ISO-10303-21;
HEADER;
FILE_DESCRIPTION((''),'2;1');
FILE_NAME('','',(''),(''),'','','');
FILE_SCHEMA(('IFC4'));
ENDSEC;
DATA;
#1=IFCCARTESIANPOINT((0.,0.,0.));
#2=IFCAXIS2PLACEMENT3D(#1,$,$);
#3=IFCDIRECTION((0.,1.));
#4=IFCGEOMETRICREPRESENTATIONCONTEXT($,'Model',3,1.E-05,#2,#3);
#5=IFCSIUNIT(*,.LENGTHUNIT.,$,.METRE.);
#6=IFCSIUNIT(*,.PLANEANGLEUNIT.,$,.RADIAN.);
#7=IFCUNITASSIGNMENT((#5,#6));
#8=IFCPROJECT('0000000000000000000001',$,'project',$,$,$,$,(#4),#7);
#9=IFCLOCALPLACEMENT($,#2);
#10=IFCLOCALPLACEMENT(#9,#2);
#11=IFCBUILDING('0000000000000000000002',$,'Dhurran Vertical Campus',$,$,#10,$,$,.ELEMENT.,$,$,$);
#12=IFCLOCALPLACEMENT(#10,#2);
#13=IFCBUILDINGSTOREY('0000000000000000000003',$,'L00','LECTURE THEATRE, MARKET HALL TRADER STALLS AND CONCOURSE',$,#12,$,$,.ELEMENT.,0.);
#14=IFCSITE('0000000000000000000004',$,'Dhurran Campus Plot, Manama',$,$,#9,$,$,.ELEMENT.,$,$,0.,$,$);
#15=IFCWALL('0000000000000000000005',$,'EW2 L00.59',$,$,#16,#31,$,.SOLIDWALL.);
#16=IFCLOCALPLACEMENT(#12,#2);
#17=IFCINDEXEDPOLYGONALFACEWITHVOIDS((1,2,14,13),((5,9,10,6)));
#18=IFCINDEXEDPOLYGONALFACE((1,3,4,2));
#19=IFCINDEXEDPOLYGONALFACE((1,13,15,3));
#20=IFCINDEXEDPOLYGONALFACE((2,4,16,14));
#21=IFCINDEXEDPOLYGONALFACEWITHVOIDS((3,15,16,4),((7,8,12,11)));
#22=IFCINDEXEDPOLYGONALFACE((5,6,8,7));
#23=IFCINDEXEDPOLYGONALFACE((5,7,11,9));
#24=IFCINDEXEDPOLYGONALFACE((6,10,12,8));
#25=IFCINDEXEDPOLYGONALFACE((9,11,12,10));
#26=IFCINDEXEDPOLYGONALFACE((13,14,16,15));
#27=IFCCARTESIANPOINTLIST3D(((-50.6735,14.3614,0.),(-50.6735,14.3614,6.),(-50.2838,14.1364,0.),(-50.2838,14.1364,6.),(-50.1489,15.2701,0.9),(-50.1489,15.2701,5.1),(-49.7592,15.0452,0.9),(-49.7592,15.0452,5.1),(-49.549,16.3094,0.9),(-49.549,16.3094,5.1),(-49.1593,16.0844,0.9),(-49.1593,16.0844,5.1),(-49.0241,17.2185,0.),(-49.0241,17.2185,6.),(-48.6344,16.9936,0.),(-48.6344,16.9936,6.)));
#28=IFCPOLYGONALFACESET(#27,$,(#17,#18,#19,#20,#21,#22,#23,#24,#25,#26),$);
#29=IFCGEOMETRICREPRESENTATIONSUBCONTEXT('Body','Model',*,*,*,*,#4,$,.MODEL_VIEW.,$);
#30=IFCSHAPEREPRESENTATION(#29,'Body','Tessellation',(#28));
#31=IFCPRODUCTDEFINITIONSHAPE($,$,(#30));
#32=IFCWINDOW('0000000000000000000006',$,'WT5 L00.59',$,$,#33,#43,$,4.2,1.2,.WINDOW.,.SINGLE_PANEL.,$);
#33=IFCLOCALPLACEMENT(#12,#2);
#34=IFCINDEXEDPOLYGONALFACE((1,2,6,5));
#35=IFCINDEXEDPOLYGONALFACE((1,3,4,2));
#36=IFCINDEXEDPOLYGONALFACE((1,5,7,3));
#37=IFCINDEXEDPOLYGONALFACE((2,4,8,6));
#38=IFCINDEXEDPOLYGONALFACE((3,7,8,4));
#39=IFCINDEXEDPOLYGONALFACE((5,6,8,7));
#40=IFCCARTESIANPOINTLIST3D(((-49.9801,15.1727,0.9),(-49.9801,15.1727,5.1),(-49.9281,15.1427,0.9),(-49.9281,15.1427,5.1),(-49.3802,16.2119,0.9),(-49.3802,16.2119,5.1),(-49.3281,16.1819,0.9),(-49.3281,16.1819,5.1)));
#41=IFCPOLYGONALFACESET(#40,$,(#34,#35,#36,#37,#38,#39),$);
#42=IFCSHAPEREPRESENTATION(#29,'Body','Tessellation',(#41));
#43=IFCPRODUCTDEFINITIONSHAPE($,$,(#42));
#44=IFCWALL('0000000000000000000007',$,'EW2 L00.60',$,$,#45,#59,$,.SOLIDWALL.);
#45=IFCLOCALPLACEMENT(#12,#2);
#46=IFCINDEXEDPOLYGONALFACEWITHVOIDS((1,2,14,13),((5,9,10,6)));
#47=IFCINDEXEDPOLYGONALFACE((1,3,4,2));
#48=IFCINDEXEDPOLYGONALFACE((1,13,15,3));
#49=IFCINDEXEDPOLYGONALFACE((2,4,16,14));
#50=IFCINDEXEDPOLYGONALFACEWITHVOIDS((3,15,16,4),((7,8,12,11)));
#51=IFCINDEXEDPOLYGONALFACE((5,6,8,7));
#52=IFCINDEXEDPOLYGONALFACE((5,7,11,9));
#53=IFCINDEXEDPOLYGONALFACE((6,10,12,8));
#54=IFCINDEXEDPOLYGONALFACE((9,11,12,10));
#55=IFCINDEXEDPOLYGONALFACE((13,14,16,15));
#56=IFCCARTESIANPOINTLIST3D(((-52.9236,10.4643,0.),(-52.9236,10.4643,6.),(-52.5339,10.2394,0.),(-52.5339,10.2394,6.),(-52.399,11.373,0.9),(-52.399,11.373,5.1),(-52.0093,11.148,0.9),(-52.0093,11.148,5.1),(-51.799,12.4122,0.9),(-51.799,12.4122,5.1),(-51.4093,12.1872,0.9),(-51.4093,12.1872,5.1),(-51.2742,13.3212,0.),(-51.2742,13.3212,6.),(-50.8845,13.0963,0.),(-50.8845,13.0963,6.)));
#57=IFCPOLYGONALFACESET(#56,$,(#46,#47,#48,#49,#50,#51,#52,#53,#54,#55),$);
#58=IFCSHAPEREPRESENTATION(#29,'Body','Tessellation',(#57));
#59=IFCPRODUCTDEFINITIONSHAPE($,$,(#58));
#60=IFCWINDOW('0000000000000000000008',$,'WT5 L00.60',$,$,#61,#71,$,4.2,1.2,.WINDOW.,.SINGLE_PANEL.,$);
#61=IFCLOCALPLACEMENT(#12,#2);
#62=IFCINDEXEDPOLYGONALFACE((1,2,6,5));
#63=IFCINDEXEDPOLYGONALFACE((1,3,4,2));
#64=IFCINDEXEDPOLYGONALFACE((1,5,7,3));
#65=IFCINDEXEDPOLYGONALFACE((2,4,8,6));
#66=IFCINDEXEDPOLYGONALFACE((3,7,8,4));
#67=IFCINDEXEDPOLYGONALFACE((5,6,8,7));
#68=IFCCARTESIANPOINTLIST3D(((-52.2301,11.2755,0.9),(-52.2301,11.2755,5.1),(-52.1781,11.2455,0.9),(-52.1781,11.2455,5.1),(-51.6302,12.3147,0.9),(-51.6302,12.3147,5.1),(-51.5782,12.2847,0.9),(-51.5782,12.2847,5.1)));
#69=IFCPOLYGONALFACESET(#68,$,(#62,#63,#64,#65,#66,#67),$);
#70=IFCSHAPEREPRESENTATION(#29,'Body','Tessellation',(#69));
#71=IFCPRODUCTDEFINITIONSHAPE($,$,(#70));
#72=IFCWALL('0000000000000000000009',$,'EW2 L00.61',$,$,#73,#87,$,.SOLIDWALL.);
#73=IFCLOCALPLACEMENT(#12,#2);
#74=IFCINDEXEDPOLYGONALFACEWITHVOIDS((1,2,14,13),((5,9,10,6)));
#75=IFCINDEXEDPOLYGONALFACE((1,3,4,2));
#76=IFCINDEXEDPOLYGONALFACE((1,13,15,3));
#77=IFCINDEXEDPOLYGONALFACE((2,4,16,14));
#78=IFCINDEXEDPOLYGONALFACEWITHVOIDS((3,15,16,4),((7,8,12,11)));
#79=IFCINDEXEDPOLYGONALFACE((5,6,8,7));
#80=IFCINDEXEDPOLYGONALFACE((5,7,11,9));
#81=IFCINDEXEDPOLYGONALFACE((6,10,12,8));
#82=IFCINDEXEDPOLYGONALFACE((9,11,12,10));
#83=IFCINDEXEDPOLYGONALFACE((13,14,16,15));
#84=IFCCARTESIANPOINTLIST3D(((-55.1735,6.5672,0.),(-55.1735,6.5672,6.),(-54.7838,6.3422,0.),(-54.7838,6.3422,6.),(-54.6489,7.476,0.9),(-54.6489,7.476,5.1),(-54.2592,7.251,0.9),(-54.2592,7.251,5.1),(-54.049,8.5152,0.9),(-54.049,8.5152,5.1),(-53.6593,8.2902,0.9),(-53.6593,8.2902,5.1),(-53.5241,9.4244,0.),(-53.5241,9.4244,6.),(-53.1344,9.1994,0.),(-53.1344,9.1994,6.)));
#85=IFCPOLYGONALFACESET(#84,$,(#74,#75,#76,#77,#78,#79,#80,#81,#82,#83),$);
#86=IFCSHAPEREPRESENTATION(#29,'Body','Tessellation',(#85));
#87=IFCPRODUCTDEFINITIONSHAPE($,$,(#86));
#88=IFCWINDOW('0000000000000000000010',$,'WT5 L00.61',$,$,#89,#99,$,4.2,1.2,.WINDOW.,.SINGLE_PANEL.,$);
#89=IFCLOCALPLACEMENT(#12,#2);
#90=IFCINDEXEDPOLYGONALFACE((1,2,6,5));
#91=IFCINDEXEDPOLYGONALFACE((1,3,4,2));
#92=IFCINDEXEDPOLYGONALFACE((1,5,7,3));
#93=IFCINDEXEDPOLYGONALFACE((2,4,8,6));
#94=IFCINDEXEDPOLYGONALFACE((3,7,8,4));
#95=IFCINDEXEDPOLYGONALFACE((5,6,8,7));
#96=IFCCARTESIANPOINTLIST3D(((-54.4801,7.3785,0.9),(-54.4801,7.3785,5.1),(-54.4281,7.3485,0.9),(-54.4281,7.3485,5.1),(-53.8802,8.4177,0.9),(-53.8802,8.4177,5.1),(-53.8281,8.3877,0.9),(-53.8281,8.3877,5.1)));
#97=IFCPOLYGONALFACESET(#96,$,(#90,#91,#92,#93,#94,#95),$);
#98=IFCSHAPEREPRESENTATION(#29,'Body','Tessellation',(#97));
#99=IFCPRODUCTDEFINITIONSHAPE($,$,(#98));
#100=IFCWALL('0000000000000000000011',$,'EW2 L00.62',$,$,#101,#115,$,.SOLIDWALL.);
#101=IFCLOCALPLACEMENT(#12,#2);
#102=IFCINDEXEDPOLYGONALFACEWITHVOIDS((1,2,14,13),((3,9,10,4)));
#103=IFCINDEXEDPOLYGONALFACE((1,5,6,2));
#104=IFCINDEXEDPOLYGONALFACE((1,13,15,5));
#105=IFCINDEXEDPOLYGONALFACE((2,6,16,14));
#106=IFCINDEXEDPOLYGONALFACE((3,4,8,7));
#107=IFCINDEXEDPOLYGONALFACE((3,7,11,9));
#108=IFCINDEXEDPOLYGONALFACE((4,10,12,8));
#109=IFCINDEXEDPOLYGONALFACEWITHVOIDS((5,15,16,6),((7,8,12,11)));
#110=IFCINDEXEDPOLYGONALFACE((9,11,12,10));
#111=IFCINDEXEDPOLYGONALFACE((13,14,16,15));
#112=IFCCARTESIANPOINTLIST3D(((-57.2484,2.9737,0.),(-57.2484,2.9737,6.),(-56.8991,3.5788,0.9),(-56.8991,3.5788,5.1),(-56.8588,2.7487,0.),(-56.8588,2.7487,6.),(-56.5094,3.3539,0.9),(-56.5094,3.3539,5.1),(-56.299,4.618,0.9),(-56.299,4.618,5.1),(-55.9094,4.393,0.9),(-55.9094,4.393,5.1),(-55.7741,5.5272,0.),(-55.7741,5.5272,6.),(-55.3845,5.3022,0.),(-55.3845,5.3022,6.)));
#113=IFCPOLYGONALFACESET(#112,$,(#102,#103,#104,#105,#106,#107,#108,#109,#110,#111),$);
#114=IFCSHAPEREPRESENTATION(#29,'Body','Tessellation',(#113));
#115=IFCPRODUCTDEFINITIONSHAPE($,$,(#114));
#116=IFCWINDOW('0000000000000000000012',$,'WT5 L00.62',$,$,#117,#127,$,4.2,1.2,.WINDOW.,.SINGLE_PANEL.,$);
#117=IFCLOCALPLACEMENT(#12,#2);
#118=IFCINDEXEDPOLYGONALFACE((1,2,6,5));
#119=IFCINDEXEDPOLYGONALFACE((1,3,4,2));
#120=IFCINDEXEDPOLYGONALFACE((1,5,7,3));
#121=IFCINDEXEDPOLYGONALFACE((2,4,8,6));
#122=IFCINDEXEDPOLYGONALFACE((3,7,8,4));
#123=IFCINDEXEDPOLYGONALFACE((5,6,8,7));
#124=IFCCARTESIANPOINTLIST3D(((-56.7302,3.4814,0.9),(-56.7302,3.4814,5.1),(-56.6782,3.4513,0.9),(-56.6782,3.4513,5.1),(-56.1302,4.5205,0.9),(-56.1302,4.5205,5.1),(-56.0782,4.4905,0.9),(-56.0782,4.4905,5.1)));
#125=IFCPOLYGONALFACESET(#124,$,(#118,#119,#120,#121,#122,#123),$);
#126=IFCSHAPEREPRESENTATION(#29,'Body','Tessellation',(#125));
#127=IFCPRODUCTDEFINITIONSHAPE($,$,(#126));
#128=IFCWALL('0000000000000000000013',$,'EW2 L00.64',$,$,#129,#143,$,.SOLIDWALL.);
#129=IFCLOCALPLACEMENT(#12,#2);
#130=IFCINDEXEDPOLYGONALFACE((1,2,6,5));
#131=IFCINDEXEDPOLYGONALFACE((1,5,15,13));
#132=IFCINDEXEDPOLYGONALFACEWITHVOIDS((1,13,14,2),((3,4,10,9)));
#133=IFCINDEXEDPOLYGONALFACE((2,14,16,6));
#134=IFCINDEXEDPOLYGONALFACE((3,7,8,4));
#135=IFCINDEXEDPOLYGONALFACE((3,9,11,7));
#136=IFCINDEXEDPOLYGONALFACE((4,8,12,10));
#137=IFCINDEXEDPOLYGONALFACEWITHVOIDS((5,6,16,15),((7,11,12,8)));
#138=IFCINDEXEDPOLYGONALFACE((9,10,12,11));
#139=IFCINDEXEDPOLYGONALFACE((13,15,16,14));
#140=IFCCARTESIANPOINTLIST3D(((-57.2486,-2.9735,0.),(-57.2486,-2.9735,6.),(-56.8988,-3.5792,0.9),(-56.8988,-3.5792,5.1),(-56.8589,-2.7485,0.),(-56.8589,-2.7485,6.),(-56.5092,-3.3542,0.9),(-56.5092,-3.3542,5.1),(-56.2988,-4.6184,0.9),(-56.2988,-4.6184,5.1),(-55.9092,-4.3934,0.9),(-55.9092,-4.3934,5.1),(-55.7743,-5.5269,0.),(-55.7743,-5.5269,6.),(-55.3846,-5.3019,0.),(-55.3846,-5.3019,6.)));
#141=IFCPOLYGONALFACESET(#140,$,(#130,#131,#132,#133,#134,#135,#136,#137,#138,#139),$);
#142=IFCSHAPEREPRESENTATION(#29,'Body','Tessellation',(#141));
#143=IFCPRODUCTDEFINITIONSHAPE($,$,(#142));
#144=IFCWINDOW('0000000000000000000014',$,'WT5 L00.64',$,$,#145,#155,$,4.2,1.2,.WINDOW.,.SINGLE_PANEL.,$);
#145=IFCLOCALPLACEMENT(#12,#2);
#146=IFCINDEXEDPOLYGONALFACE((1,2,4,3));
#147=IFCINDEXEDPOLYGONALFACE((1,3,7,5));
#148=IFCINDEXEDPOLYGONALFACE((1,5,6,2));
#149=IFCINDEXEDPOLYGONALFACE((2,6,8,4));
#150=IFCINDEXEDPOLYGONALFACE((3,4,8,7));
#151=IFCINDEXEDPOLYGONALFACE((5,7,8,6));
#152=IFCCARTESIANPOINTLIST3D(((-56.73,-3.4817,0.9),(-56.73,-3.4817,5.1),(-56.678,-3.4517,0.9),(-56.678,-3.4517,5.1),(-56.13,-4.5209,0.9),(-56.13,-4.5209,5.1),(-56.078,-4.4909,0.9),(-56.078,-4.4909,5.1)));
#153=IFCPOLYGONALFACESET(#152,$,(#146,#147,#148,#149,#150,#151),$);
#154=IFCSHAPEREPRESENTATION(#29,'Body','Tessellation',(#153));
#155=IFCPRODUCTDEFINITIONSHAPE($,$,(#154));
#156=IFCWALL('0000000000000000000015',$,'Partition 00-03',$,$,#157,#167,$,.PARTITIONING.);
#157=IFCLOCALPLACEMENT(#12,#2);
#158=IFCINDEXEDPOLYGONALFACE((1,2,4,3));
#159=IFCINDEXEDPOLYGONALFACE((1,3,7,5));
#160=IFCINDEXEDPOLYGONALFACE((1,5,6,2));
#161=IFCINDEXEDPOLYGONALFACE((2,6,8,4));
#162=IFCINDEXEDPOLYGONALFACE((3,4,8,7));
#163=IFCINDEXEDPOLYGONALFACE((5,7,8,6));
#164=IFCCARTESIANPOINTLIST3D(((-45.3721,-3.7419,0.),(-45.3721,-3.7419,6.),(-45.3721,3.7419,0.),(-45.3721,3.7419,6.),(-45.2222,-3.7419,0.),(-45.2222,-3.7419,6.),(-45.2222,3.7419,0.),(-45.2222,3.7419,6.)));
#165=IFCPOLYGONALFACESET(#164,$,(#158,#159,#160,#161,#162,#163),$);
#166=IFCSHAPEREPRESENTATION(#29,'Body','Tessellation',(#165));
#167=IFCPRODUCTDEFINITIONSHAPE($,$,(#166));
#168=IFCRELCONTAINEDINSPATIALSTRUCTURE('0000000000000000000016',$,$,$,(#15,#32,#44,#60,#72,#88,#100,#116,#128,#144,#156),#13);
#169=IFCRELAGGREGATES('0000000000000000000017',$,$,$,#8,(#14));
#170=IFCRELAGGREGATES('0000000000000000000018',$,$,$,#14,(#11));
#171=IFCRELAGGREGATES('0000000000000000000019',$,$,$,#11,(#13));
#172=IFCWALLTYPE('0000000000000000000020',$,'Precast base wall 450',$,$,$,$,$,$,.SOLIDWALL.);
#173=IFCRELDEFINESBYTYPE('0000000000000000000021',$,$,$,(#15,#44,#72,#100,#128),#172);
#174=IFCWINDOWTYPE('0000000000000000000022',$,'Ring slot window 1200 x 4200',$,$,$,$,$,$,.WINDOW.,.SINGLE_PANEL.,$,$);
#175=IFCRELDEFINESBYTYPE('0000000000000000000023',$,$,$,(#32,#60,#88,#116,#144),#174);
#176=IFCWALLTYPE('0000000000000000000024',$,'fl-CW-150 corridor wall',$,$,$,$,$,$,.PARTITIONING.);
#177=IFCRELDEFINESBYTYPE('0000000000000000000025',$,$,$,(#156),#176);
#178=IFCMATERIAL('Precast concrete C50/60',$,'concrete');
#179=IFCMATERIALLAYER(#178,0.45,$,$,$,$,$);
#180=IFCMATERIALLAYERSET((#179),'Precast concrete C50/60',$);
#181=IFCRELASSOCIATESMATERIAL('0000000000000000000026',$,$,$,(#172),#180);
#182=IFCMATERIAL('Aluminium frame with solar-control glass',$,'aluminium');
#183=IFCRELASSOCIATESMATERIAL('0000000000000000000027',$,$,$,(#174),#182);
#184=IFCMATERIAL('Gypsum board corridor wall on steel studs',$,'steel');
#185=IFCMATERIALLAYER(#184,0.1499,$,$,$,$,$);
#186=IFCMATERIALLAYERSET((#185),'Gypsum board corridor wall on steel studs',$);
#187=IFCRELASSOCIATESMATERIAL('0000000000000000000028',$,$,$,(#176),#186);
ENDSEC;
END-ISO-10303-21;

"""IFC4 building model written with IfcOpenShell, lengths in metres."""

from ifc_helpers import new_model, si_unit, direction, frame, frame_2d, origin, place, context, subcontext, project, spatial, rectangle, extrude, material, layer, layer_set, type_object, element, fill, save


model = new_model("IFC4")

# Units and contexts
model_context = context("Model", 3, precision=1e-05, world=origin(), true_north=direction((0.0, 1.0)))
body_context = subcontext(model_context, "Body", "Model", "MODEL_VIEW")
ifc_project = project(units=[si_unit("LENGTHUNIT", "METRE"), si_unit("PLANEANGLEUNIT", "RADIAN")], contexts=[model_context])

# Site, building, storey
site_placement = place(None, origin())
site = spatial("IfcSite", under=ifc_project, at=site_placement, Name="Dhurran Campus Plot, Manama", CompositionType="ELEMENT", RefElevation=0.0)
building_placement = place(site_placement, origin())
building = spatial("IfcBuilding", under=site, at=building_placement, Name="Dhurran Vertical Campus", CompositionType="ELEMENT")
storey_placement = place(building_placement, origin())
storey = spatial("IfcBuildingStorey", under=building, at=storey_placement, Name="L00", Description="LECTURE THEATRE, MARKET HALL TRADER STALLS AND CONCOURSE", CompositionType="ELEMENT", Elevation=0.0)

# Walls, openings, windows
ifc_material_1 = material(Name="Precast concrete C50/60", Category="concrete")
ifc_layer_1 = layer(ifc_material_1, 0.45)
ifc_layer_set_1 = layer_set([ifc_layer_1], Name="Precast concrete C50/60")
wall_type_1 = type_object("IfcWallType", Name="Precast base wall 450", PredefinedType="SOLIDWALL", material=ifc_layer_set_1)
ifc_material_2 = material(Name="Aluminium frame with solar-control glass", Category="aluminium")
window_type = type_object("IfcWindowType", Name="Ring slot window 1200 x 4200", PartitioningType="SINGLE_PANEL", PredefinedType="WINDOW", material=ifc_material_2)
wall_1_placement = place(storey_placement, frame((-48.8293, 17.106, 0.0), z_axis=(0.0, 0.0, 1.0), x_axis=(-0.499959, -0.866049, 0.0)))
wall_1 = element("IfcWall", 1, at=wall_1_placement, inside=storey, type_object=wall_type_1, Name="EW2 L00.59", PredefinedType="SOLIDWALL", context=body_context, shape_type="SweptSolid", body=[
    extrude(rectangle(XDim=3.2991, YDim=0.45, at=frame_2d((1.6494, 0.0))), origin(), (0.0, 0.0, 1.0), 6.0),
])
opening_1_placement = place(wall_1_placement, frame((1.0496, 0.0, 0.8999)))
opening_1 = element("IfcOpeningElement", 2, at=opening_1_placement, cuts=wall_1, PredefinedType="OPENING", context=body_context, shape_type="SweptSolid", body=[
    extrude(rectangle(XDim=1.2, YDim=4.2, at=frame_2d((0.6001, 2.1001))), frame((0.0, 0.2349, 0.0), z_axis=(0.0, -1.0, 0.0), x_axis=(1.0, 0.0, 0.0)), (0.0, 0.0, 1.0), 0.47),
])
window_1_placement = place(opening_1_placement, origin())
window_1 = element("IfcWindow", 3, at=window_1_placement, inside=storey, type_object=window_type, Name="WT5 L00.59", OverallHeight=4.2, OverallWidth=1.2, PartitioningType="SINGLE_PANEL", PredefinedType="WINDOW", context=body_context, shape_type="SweptSolid", body=[
    extrude(rectangle(XDim=1.2, YDim=4.2, at=frame_2d((0.6001, 2.1001))), frame((0.0, 0.03, 0.0), z_axis=(0.0, -1.0, 0.0), x_axis=(1.0, 0.0, 0.0)), (0.0, 0.0, 1.0), 0.0601),
])
fill(opening_1, window_1)
wall_2_placement = place(storey_placement, frame((-51.0793, 13.2087, 0.0), z_axis=(0.0, 0.0, 1.0), x_axis=(-0.499992, -0.86603, 0.0)))
wall_2 = element("IfcWall", 4, at=wall_2_placement, inside=storey, type_object=wall_type_1, Name="EW2 L00.60", PredefinedType="SOLIDWALL", context=body_context, shape_type="SweptSolid", body=[
    extrude(rectangle(XDim=3.2988, YDim=0.45, at=frame_2d((1.6494, 0.0))), origin(), (0.0, 0.0, 1.0), 6.0),
])
opening_2_placement = place(wall_2_placement, frame((1.0496, 0.0, 0.8999)))
opening_2 = element("IfcOpeningElement", 5, at=opening_2_placement, cuts=wall_2, PredefinedType="OPENING", context=body_context, shape_type="SweptSolid", body=[
    extrude(rectangle(XDim=1.2, YDim=4.2, at=frame_2d((0.6001, 2.1001))), frame((0.0, 0.2349, 0.0), z_axis=(0.0, -1.0, 0.0), x_axis=(1.0, 0.0, 0.0)), (0.0, 0.0, 1.0), 0.47),
])
window_2_placement = place(opening_2_placement, origin())
window_2 = element("IfcWindow", 6, at=window_2_placement, inside=storey, type_object=window_type, Name="WT5 L00.60", OverallHeight=4.2, OverallWidth=1.2, PartitioningType="SINGLE_PANEL", PredefinedType="WINDOW", context=body_context, shape_type="SweptSolid", body=[
    extrude(rectangle(XDim=1.2, YDim=4.2, at=frame_2d((0.6001, 2.1001))), frame((0.0, 0.03, 0.0), z_axis=(0.0, -1.0, 0.0), x_axis=(1.0, 0.0, 0.0)), (0.0, 0.0, 1.0), 0.0601),
])
fill(opening_2, window_2)
wall_3_placement = place(storey_placement, frame((-53.3293, 9.3118, 0.0), z_axis=(0.0, 0.0, 1.0), x_axis=(-0.499959, -0.866049, 0.0)))
wall_3 = element("IfcWall", 7, at=wall_3_placement, inside=storey, type_object=wall_type_1, Name="EW2 L00.61", PredefinedType="SOLIDWALL", context=body_context, shape_type="SweptSolid", body=[
    extrude(rectangle(XDim=3.2991, YDim=0.45, at=frame_2d((1.6494, 0.0))), origin(), (0.0, 0.0, 1.0), 6.0),
])
opening_3_placement = place(wall_3_placement, frame((1.0496, 0.0, 0.8999)))
opening_3 = element("IfcOpeningElement", 8, at=opening_3_placement, cuts=wall_3, PredefinedType="OPENING", context=body_context, shape_type="SweptSolid", body=[
    extrude(rectangle(XDim=1.2, YDim=4.2, at=frame_2d((0.6001, 2.1001))), frame((0.0, 0.2349, 0.0), z_axis=(0.0, -1.0, 0.0), x_axis=(1.0, 0.0, 0.0)), (0.0, 0.0, 1.0), 0.47),
])
window_3_placement = place(opening_3_placement, origin())
window_3 = element("IfcWindow", 9, at=window_3_placement, inside=storey, type_object=window_type, Name="WT5 L00.61", OverallHeight=4.2, OverallWidth=1.2, PartitioningType="SINGLE_PANEL", PredefinedType="WINDOW", context=body_context, shape_type="SweptSolid", body=[
    extrude(rectangle(XDim=1.2, YDim=4.2, at=frame_2d((0.6001, 2.1001))), frame((0.0, 0.03, 0.0), z_axis=(0.0, -1.0, 0.0), x_axis=(1.0, 0.0, 0.0)), (0.0, 0.0, 1.0), 0.0601),
])
fill(opening_3, window_3)
wall_4_placement = place(storey_placement, frame((-55.5793, 5.4146, 0.0), z_axis=(0.0, 0.0, 1.0), x_axis=(-0.500031, -0.866008, 0.0)))
wall_4 = element("IfcWall", 10, at=wall_4_placement, inside=storey, type_object=wall_type_1, Name="EW2 L00.62", PredefinedType="SOLIDWALL", context=body_context, shape_type="SweptSolid", body=[
    extrude(rectangle(XDim=2.9485, YDim=0.45, at=frame_2d((1.4741, 0.0))), origin(), (0.0, 0.0, 1.0), 6.0),
])
opening_4_placement = place(wall_4_placement, frame((1.0496, 0.0, 0.8999)))
opening_4 = element("IfcOpeningElement", 11, at=opening_4_placement, cuts=wall_4, PredefinedType="OPENING", context=body_context, shape_type="SweptSolid", body=[
    extrude(rectangle(XDim=1.2, YDim=4.2, at=frame_2d((0.6001, 2.1001))), frame((0.0, 0.2349, 0.0), z_axis=(0.0, -1.0, 0.0), x_axis=(1.0, 0.0, 0.0)), (0.0, 0.0, 1.0), 0.47),
])
window_4_placement = place(opening_4_placement, origin())
window_4 = element("IfcWindow", 12, at=window_4_placement, inside=storey, type_object=window_type, Name="WT5 L00.62", OverallHeight=4.2, OverallWidth=1.2, PartitioningType="SINGLE_PANEL", PredefinedType="WINDOW", context=body_context, shape_type="SweptSolid", body=[
    extrude(rectangle(XDim=1.2, YDim=4.2, at=frame_2d((0.6001, 2.1001))), frame((0.0, 0.03, 0.0), z_axis=(0.0, -1.0, 0.0), x_axis=(1.0, 0.0, 0.0)), (0.0, 0.0, 1.0), 0.0601),
])
fill(opening_4, window_4)

# Wall, opening, window
wall_5_placement = place(storey_placement, frame((-57.0537, -2.8611, 0.0), z_axis=(0.0, 0.0, 1.0), x_axis=(0.500031, -0.866008, 0.0)))
wall_5 = element("IfcWall", 13, at=wall_5_placement, inside=storey, type_object=wall_type_1, Name="EW2 L00.64", PredefinedType="SOLIDWALL", context=body_context, shape_type="SweptSolid", body=[
    extrude(rectangle(XDim=2.9485, YDim=0.45, at=frame_2d((1.4741, 0.0))), origin(), (0.0, 0.0, 1.0), 6.0),
])
opening_5_placement = place(wall_5_placement, frame((0.6992, 0.0, 0.8999)))
opening_5 = element("IfcOpeningElement", 14, at=opening_5_placement, cuts=wall_5, PredefinedType="OPENING", context=body_context, shape_type="SweptSolid", body=[
    extrude(rectangle(XDim=1.2, YDim=4.2, at=frame_2d((0.6001, 2.1001))), frame((0.0, 0.2349, 0.0), z_axis=(0.0, -1.0, 0.0), x_axis=(1.0, 0.0, 0.0)), (0.0, 0.0, 1.0), 0.47),
])
window_5_placement = place(opening_5_placement, origin())
window_5 = element("IfcWindow", 15, at=window_5_placement, inside=storey, type_object=window_type, Name="WT5 L00.64", OverallHeight=4.2, OverallWidth=1.2, PartitioningType="SINGLE_PANEL", PredefinedType="WINDOW", context=body_context, shape_type="SweptSolid", body=[
    extrude(rectangle(XDim=1.2, YDim=4.2, at=frame_2d((0.6001, 2.1001))), frame((0.0, 0.03, 0.0), z_axis=(0.0, -1.0, 0.0), x_axis=(1.0, 0.0, 0.0)), (0.0, 0.0, 1.0), 0.0601),
])
fill(opening_5, window_5)

# Wall
ifc_material_3 = material(Name="Gypsum board corridor wall on steel studs", Category="steel")
ifc_layer_2 = layer(ifc_material_3, 0.1499)
ifc_layer_set_2 = layer_set([ifc_layer_2], Name="Gypsum board corridor wall on steel studs")
wall_type_2 = type_object("IfcWallType", Name="fl-CW-150 corridor wall", PredefinedType="PARTITIONING", material=ifc_layer_set_2)
wall_6_placement = place(storey_placement, frame((-45.2971, -3.7419, 0.0), z_axis=(0.0, 0.0, 1.0), x_axis=(0.0, 1.0, 0.0)))
element("IfcWall", 16, at=wall_6_placement, inside=storey, type_object=wall_type_2, Name="Partition 00-03", PredefinedType="PARTITIONING", context=body_context, shape_type="SweptSolid", body=[
    extrude(rectangle(XDim=7.4839, YDim=0.1499, at=frame_2d((3.7419, 0.0))), origin(), (0.0, 0.0, 1.0), 6.0),
])

save(model, "model.ifc")
